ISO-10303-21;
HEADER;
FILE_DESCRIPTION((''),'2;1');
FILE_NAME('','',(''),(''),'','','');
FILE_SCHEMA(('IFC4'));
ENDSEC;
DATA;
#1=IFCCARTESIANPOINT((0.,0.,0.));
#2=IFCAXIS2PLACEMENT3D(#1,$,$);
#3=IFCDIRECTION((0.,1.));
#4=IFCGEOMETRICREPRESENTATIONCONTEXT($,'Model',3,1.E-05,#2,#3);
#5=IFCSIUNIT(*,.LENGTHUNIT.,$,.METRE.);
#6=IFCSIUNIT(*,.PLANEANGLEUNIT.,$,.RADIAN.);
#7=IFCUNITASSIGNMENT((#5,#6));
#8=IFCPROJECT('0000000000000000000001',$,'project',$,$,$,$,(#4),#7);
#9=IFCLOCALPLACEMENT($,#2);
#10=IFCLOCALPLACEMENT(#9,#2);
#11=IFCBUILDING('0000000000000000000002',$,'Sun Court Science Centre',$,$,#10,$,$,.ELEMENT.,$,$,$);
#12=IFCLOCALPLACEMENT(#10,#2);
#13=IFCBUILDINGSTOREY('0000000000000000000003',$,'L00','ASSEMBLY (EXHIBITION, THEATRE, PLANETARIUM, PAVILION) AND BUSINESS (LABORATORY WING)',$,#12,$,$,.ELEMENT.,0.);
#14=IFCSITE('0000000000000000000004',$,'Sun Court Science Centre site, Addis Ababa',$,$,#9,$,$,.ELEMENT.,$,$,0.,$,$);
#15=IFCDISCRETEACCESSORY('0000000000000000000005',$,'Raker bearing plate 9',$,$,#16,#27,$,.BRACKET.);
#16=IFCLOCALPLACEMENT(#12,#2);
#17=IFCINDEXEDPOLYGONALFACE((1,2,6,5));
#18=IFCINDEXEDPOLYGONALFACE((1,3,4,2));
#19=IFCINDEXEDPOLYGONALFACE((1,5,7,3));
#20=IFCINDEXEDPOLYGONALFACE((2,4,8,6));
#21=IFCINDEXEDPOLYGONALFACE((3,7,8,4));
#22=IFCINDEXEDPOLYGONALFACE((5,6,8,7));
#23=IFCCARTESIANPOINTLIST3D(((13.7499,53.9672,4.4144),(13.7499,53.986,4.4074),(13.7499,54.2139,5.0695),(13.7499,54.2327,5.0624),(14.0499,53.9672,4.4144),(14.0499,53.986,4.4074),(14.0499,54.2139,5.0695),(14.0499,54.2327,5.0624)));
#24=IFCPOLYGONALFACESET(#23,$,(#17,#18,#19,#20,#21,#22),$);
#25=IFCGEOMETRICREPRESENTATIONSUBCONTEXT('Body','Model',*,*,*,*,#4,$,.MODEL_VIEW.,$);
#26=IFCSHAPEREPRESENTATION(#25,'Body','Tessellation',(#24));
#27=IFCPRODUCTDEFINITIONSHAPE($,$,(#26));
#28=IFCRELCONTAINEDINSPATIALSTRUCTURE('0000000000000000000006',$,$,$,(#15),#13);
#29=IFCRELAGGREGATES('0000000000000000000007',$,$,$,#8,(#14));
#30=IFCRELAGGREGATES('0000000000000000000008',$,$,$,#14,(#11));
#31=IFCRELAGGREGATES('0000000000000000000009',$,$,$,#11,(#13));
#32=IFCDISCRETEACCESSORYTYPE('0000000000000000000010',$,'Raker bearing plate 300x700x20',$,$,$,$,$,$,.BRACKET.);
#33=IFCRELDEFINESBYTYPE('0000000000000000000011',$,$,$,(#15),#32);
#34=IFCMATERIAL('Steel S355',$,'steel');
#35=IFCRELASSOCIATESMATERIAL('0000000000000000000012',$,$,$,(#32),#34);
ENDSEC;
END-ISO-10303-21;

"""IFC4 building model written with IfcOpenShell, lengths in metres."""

from ifc_helpers import new_model, si_unit, direction, frame, origin, origin_2d, place, context, subcontext, project, spatial, rectangle, extrude, material, material_profile, profile_set, type_object, element, save


model = new_model("IFC4")

# Units and contexts
model_context = context("Model", 3, precision=1e-05, world=origin(), true_north=direction((0.0, 1.0)))
body_context = subcontext(model_context, "Body", "Model", "MODEL_VIEW")
ifc_project = project(units=[si_unit("LENGTHUNIT", "METRE"), si_unit("PLANEANGLEUNIT", "RADIAN")], contexts=[model_context])

# Site, building, storey
site_placement = place(None, origin())
site = spatial("IfcSite", under=ifc_project, at=site_placement, Name="Sun Court Science Centre site, Addis Ababa", CompositionType="ELEMENT", RefElevation=0.0)
building_placement = place(site_placement, origin())
building = spatial("IfcBuilding", under=site, at=building_placement, Name="Sun Court Science Centre", CompositionType="ELEMENT")
storey_placement = place(building_placement, origin())
storey = spatial("IfcBuildingStorey", under=building, at=storey_placement, Name="L00", Description="ASSEMBLY (EXHIBITION, THEATRE, PLANETARIUM, PAVILION) AND BUSINESS (LABORATORY WING)", CompositionType="ELEMENT", Elevation=0.0)

# Discrete accessory
ifc_material_1 = material(Name="Steel S355", Category="steel")
ifc_material_profile_1 = material_profile(ifc_material_1, rectangle(XDim=0.3, YDim=0.7, at=origin_2d()), Name="PL 300x700")
ifc_profile_set_1 = profile_set([ifc_material_profile_1], Name="Steel S355")
discrete_accessory_type = type_object("IfcDiscreteAccessoryType", Name="Raker bearing plate 300x700x20", PredefinedType="BRACKET", material=ifc_profile_set_1)
discrete_accessory_1_placement = place(storey_placement, frame((13.8999, 54.0906, 4.7419), z_axis=(0.0, 0.935829, -0.352455), x_axis=(-1.0, 0.0, 0.0)))
element("IfcDiscreteAccessory", 1, at=discrete_accessory_1_placement, inside=storey, type_object=discrete_accessory_type, Name="Raker bearing plate 9", PredefinedType="BRACKET", context=body_context, shape_type="SweptSolid", body=[
    extrude(rectangle(XDim=0.3, YDim=0.7, at=origin_2d()), origin(), (0.0, 0.0, 1.0), 0.02),
])

save(model, "model.ifc")
